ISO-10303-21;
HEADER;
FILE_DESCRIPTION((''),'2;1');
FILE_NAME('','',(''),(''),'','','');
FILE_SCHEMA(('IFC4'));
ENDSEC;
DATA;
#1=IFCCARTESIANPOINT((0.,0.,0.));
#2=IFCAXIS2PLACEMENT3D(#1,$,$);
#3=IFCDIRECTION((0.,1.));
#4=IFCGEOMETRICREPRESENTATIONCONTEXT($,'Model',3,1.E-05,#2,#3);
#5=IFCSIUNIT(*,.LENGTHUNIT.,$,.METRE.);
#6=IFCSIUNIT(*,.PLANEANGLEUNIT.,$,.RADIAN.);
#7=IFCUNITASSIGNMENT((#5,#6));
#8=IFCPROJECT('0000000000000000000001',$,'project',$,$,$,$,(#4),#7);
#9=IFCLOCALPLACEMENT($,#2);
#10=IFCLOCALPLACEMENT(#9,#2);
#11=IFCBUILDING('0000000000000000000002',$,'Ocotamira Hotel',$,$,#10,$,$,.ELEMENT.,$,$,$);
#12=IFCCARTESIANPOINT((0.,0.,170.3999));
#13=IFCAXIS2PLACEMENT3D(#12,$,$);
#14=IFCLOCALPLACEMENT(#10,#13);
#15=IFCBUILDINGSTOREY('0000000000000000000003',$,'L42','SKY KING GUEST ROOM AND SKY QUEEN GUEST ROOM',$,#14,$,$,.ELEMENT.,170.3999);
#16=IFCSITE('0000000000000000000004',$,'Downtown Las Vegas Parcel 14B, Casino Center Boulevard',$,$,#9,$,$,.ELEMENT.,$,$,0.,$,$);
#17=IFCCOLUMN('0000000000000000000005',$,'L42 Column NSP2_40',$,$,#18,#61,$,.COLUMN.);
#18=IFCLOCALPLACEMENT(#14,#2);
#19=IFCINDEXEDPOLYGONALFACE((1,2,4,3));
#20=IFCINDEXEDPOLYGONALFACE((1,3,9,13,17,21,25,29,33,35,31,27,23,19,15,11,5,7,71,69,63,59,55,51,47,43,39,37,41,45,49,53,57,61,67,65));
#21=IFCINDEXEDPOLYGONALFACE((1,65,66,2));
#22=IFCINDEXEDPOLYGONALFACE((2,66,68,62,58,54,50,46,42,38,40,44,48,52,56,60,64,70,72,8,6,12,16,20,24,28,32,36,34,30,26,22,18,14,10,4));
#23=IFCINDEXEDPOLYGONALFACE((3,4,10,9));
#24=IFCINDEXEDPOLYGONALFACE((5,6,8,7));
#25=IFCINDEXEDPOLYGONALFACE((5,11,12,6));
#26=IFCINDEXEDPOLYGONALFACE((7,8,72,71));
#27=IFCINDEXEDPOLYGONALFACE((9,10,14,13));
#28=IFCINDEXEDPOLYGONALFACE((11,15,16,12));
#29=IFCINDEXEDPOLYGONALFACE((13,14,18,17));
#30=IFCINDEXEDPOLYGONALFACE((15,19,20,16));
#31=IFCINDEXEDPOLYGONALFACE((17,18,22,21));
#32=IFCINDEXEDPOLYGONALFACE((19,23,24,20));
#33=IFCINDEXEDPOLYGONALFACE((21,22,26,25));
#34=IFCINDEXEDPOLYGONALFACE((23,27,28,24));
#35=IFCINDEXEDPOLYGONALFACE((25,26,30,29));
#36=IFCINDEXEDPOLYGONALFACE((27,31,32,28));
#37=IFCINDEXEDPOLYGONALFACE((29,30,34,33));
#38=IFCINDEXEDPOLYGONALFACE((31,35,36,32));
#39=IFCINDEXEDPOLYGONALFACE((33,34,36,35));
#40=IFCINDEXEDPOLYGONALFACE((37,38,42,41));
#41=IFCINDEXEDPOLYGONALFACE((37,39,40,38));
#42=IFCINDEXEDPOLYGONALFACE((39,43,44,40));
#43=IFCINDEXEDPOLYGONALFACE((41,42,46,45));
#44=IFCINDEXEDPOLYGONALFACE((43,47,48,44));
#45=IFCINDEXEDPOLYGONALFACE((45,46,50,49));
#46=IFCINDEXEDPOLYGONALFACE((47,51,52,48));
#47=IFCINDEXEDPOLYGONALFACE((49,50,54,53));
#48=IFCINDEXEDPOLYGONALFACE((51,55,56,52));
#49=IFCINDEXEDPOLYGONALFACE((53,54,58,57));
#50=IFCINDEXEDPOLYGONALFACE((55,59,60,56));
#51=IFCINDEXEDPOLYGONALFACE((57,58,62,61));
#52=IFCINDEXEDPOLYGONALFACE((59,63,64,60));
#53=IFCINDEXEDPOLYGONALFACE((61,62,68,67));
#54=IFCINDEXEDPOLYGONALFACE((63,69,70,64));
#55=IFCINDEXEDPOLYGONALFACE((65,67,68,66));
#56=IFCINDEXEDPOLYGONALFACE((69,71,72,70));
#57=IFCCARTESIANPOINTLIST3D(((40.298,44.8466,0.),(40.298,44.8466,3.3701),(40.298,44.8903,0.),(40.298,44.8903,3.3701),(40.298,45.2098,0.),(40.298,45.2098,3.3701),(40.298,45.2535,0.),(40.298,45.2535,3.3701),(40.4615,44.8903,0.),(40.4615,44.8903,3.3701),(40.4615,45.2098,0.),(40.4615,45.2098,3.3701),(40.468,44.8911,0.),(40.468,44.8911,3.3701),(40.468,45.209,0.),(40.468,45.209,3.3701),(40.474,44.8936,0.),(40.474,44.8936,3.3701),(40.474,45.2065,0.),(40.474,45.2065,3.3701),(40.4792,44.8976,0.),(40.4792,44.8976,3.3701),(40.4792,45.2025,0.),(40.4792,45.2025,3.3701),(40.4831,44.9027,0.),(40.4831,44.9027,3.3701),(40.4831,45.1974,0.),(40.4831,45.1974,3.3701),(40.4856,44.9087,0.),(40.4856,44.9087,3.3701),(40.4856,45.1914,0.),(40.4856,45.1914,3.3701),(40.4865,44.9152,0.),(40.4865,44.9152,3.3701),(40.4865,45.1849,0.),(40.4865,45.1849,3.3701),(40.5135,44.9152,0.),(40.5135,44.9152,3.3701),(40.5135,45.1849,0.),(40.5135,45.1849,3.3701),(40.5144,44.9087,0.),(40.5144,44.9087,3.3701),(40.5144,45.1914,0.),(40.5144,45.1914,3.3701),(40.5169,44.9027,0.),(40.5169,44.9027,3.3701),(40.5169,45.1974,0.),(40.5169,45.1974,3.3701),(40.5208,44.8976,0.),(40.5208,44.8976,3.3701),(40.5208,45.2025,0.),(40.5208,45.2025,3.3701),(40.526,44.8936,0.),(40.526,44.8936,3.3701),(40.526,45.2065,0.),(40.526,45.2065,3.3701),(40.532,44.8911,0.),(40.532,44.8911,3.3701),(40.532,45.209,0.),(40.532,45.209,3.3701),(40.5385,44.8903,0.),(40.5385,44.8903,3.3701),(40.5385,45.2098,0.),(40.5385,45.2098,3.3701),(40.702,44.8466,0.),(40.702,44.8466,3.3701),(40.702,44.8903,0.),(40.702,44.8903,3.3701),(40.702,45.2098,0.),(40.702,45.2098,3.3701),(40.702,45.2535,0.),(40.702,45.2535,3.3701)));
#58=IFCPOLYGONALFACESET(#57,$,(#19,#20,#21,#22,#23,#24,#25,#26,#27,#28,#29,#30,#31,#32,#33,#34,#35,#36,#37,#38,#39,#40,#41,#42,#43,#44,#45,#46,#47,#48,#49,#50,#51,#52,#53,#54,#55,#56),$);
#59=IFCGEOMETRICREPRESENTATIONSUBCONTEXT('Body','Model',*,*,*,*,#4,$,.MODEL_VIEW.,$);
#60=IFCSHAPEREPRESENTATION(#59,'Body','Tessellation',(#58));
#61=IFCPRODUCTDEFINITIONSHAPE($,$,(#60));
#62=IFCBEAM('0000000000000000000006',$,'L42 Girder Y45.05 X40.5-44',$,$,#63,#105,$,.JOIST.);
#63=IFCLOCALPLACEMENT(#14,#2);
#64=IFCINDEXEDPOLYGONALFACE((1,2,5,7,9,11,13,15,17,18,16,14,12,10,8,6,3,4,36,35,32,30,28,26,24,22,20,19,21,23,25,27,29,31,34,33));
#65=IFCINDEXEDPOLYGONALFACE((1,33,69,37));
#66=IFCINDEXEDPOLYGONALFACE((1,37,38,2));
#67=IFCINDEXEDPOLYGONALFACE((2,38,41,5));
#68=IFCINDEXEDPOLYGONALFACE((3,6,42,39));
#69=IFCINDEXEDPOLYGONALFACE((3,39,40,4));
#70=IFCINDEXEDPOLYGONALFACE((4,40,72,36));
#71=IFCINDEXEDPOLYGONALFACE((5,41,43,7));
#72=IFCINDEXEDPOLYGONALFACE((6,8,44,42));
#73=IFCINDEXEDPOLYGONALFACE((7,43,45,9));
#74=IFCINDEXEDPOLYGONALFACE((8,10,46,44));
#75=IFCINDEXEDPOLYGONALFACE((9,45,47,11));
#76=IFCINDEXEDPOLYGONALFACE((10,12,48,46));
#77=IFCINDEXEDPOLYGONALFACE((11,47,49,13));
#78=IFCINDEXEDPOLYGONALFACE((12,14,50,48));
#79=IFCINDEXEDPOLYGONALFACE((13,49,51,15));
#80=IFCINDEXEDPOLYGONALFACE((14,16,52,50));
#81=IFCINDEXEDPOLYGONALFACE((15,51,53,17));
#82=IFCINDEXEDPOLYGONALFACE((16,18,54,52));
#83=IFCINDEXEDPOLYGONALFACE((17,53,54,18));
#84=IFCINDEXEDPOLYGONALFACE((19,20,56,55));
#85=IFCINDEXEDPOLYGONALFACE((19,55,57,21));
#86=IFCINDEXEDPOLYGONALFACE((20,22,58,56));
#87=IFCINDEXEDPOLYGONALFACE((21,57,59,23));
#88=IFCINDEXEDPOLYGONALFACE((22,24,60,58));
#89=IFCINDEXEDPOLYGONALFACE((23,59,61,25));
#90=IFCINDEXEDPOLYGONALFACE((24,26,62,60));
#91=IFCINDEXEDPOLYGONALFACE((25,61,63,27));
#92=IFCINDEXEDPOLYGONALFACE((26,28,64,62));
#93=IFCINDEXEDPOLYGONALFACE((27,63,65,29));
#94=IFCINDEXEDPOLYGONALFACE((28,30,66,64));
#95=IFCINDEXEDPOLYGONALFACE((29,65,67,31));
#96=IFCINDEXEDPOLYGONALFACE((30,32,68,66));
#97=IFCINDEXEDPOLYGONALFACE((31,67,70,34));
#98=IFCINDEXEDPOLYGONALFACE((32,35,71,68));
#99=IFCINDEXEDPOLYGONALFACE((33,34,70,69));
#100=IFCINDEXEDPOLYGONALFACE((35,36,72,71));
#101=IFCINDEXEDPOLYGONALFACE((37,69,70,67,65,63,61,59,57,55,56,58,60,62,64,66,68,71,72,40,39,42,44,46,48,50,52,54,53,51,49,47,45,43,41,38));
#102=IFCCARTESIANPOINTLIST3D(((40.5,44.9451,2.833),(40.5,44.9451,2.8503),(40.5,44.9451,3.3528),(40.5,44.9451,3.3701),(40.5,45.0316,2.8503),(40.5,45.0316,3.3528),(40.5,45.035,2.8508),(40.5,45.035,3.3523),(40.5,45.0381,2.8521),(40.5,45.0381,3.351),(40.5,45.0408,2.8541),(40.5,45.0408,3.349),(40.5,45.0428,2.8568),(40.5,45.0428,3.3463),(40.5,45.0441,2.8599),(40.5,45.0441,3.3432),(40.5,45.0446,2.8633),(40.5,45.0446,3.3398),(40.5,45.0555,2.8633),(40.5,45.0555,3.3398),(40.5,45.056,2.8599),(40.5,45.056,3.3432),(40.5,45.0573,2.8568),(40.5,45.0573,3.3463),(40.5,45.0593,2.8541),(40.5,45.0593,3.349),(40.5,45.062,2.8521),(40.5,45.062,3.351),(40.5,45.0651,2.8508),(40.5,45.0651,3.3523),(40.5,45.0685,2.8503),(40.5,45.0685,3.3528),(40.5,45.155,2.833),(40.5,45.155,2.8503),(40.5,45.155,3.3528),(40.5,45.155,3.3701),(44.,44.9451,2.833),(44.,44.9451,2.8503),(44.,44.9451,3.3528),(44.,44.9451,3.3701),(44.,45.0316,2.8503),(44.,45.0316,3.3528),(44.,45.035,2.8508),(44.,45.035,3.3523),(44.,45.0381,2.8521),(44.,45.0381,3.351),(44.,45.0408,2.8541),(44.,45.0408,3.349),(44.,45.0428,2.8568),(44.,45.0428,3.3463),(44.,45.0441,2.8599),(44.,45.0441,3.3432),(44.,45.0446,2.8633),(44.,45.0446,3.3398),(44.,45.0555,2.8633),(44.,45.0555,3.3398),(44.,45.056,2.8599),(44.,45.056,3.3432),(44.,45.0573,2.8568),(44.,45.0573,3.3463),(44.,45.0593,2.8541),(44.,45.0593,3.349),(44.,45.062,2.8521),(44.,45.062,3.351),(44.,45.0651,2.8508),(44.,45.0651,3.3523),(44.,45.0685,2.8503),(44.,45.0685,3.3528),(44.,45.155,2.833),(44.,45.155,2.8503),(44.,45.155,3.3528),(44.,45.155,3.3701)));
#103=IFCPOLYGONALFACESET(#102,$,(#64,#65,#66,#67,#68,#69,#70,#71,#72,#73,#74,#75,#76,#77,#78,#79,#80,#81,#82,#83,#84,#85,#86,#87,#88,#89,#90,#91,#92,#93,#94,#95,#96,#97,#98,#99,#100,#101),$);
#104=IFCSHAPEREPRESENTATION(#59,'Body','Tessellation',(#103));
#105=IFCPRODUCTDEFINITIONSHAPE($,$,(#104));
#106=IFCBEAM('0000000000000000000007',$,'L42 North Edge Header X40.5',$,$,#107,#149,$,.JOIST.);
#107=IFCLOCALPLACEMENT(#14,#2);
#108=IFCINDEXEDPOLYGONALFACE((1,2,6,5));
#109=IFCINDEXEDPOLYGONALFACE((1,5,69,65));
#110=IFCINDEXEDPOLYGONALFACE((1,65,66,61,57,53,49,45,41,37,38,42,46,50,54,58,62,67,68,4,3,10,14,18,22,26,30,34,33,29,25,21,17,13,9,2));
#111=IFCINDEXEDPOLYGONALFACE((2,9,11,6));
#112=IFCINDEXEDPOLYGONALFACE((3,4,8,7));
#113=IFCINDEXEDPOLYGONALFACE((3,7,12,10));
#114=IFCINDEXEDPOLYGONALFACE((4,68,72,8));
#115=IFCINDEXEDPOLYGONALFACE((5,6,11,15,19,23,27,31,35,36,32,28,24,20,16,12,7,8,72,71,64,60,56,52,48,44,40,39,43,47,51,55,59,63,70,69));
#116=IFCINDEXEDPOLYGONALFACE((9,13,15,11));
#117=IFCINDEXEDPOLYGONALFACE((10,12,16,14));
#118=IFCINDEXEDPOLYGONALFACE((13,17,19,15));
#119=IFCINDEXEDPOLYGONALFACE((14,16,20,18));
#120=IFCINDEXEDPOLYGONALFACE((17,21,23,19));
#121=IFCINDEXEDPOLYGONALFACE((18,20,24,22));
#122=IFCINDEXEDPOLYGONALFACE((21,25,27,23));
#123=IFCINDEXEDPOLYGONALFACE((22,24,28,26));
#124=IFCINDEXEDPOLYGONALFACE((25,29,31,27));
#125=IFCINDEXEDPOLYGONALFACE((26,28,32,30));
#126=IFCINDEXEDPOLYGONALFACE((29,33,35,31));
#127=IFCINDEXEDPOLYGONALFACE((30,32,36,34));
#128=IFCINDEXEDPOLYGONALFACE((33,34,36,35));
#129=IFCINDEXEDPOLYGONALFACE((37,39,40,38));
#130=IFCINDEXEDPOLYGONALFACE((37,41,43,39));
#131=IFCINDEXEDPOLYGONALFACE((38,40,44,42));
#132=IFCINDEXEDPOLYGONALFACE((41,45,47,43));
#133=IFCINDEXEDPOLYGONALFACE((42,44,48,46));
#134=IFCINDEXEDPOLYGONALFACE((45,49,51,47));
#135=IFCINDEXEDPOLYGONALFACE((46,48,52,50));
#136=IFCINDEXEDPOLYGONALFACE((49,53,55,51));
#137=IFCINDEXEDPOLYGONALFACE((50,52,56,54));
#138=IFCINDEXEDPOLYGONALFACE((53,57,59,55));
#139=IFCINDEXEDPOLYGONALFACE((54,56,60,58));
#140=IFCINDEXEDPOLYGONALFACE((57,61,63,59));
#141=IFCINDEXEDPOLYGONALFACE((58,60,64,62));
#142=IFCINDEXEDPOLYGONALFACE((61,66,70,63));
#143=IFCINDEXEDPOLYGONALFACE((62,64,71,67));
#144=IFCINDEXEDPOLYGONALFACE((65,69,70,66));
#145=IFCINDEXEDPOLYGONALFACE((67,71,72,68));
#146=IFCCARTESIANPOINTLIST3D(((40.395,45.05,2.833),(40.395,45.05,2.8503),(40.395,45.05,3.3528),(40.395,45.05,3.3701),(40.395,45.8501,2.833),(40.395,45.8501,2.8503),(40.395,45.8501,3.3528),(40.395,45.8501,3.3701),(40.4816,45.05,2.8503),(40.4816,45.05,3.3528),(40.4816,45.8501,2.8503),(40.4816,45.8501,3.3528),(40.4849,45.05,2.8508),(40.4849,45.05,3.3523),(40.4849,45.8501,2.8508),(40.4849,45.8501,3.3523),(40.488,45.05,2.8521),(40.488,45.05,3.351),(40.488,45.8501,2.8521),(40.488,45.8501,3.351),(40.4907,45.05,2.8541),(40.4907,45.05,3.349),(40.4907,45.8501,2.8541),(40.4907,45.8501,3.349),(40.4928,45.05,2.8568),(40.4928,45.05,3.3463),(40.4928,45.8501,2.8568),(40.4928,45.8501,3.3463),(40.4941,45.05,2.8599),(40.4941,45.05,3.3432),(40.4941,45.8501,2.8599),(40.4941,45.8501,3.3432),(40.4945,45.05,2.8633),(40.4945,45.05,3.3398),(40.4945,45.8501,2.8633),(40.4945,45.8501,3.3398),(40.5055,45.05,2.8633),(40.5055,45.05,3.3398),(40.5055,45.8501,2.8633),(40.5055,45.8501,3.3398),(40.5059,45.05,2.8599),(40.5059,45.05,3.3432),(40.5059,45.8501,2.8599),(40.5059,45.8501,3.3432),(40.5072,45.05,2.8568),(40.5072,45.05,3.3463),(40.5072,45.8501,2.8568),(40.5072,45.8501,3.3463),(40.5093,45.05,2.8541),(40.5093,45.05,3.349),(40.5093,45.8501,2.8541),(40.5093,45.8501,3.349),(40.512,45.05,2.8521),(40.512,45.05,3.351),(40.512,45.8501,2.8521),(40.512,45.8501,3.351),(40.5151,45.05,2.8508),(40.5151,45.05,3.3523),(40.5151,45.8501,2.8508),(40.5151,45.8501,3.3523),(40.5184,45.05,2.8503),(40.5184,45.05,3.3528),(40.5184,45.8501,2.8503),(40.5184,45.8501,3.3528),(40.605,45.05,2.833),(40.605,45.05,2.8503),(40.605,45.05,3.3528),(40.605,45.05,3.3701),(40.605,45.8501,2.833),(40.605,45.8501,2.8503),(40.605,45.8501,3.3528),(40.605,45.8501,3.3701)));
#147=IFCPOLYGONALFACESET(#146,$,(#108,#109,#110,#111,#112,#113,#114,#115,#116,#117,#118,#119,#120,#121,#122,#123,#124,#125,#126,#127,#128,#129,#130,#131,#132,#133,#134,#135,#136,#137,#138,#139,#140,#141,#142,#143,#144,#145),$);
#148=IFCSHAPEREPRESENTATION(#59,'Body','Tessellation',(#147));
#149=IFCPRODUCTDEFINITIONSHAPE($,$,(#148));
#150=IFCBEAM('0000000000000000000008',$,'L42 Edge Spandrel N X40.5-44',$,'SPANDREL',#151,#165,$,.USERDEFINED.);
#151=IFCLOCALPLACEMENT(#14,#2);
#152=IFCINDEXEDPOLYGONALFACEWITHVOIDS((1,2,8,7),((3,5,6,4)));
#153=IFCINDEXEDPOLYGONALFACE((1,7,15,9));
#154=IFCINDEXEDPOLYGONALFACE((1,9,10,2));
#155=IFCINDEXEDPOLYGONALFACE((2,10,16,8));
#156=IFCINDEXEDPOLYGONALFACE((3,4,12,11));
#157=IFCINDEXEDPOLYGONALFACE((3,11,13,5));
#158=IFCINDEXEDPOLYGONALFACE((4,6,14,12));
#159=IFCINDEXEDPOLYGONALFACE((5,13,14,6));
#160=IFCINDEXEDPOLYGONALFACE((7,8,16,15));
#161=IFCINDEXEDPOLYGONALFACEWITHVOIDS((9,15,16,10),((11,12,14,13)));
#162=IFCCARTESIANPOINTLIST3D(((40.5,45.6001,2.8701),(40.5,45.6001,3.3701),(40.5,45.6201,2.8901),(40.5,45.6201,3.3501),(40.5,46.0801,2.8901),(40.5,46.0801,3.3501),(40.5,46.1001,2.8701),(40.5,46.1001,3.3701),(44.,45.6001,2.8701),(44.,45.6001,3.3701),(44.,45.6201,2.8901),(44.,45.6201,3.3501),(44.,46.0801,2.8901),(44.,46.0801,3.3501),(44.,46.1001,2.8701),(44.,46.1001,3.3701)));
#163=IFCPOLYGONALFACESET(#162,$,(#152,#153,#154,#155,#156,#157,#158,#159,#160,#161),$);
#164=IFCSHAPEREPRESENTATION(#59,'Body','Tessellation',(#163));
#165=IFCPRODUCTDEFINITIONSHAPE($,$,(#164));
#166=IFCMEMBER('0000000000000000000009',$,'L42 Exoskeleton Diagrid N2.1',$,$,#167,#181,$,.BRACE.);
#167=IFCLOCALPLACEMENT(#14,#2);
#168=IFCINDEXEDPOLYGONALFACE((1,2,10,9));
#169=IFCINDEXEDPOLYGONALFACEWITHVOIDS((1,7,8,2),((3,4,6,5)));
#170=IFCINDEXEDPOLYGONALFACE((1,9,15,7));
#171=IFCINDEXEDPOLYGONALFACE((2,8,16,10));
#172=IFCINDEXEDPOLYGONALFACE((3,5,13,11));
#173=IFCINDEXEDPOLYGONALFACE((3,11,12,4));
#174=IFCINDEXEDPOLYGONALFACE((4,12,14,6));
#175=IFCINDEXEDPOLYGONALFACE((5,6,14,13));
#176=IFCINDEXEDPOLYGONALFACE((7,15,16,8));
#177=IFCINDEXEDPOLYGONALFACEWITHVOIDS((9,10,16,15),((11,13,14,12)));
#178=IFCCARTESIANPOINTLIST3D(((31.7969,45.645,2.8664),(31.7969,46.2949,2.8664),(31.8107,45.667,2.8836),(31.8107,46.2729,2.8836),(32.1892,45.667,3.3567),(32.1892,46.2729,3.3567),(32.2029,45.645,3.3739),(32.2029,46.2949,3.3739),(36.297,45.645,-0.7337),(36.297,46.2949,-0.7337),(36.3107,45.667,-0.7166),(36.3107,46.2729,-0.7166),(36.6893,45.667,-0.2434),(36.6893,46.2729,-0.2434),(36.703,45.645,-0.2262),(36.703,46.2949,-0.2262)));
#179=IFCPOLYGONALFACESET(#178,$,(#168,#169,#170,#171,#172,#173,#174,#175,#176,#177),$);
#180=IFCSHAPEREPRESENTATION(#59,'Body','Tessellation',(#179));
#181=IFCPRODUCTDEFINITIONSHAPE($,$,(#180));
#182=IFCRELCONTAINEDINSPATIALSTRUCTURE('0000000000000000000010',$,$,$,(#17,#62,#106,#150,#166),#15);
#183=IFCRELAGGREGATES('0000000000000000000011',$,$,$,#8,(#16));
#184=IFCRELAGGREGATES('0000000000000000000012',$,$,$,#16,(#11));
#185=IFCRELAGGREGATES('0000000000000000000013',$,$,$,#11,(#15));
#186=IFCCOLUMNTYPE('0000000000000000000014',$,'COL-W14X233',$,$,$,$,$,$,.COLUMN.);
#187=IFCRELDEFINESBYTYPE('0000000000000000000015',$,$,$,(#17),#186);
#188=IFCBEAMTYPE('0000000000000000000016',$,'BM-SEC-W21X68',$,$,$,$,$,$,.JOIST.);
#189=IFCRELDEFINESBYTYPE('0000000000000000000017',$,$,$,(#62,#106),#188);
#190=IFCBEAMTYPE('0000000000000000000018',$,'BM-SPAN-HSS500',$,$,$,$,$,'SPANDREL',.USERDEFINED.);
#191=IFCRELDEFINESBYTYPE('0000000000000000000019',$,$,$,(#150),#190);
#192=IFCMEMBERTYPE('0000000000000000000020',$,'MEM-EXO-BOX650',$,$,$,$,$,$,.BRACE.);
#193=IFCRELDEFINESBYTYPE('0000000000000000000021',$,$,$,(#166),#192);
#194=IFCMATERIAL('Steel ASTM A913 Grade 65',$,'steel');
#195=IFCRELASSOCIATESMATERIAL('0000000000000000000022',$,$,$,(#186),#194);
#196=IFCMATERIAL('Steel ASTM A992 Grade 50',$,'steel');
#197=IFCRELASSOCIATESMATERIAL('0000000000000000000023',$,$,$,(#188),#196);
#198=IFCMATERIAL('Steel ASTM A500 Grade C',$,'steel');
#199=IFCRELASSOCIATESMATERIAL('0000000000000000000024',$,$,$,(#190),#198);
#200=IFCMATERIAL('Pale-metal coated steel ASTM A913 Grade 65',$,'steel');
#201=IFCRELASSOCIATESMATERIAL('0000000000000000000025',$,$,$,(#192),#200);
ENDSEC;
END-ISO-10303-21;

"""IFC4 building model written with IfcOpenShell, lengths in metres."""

from ifc_helpers import new_model, si_unit, direction, frame, origin, origin_2d, place, context, subcontext, project, spatial, hollow_rectangle, i_section, extrude, source, transform, mapped, material, material_profile, profile_set, type_object, element, save


model = new_model("IFC4")

# Units and contexts
model_context = context("Model", 3, precision=1e-05, world=origin(), true_north=direction((0.0, 1.0)))
body_context = subcontext(model_context, "Body", "Model", "MODEL_VIEW")
ifc_project = project(units=[si_unit("LENGTHUNIT", "METRE"), si_unit("PLANEANGLEUNIT", "RADIAN")], contexts=[model_context])

# Site, building, storey
site_placement = place(None, origin())
site = spatial("IfcSite", under=ifc_project, at=site_placement, Name="Downtown Las Vegas Parcel 14B, Casino Center Boulevard", CompositionType="ELEMENT", RefElevation=0.0)
building_placement = place(site_placement, origin())
building = spatial("IfcBuilding", under=site, at=building_placement, Name="Ocotamira Hotel", CompositionType="ELEMENT")
storey_placement = place(building_placement, frame((0.0, 0.0, 170.3999)))
storey = spatial("IfcBuildingStorey", under=building, at=storey_placement, Name="L42", Description="SKY KING GUEST ROOM AND SKY QUEEN GUEST ROOM", CompositionType="ELEMENT", Elevation=170.3999)

# Column
ifc_material_1 = material(Name="Steel ASTM A913 Grade 65", Category="steel")
ifc_material_profile_1 = material_profile(ifc_material_1, i_section(OverallWidth=0.4041, OverallDepth=0.407, WebThickness=0.0271, FlangeThickness=0.0437, FilletRadius=0.0249, at=origin_2d()), Name="W14X233")
ifc_profile_set_1 = profile_set([ifc_material_profile_1], Name="Steel ASTM A913 Grade 65")
column_type = type_object("IfcColumnType", Name="COL-W14X233", PredefinedType="COLUMN", material=ifc_profile_set_1)
shared_shape_1 = source(origin(), body_context, "Body", "SweptSolid", [
    extrude(i_section(OverallWidth=0.4041, OverallDepth=0.407, WebThickness=0.0271, FlangeThickness=0.0437, FilletRadius=0.0249, at=origin_2d()), origin(), (0.0, 0.0, 1.0), 3.3701),
])
column_placement = place(storey_placement, frame((40.5, 45.05, 0.0), z_axis=(0.0, 0.0, 1.0), x_axis=(1.0, 0.0, 0.0)))
element("IfcColumn", 1, at=column_placement, inside=storey, type_object=column_type, Name="L42 Column NSP2_40", PredefinedType="COLUMN", context=body_context, shape_type="MappedRepresentation", body=[
    mapped(shared_shape_1, transform((0.0, 0.0, 0.0), scale=1.0)),
])

# Beams
ifc_material_2 = material(Name="Steel ASTM A992 Grade 50", Category="steel")
ifc_material_profile_2 = material_profile(ifc_material_2, i_section(OverallWidth=0.21, OverallDepth=0.5371, WebThickness=0.011, FlangeThickness=0.0173, FilletRadius=0.0129, at=origin_2d()), Name="W21X68")
ifc_profile_set_2 = profile_set([ifc_material_profile_2], Name="Steel ASTM A992 Grade 50")
beam_type_1 = type_object("IfcBeamType", Name="BM-SEC-W21X68", PredefinedType="JOIST", material=ifc_profile_set_2)
shared_shape_2 = source(origin(), body_context, "Body", "SweptSolid", [
    extrude(i_section(OverallWidth=0.21, OverallDepth=0.5371, WebThickness=0.011, FlangeThickness=0.0173, FilletRadius=0.0129, at=origin_2d()), origin(), (0.0, 0.0, 1.0), 3.5),
])
beam_1_placement = place(storey_placement, frame((40.5, 45.05, 3.1016), z_axis=(1.0, 0.0, 0.0), x_axis=(0.0, 1.0, 0.0)))
element("IfcBeam", 2, at=beam_1_placement, inside=storey, type_object=beam_type_1, Name="L42 Girder Y45.05 X40.5-44", PredefinedType="JOIST", context=body_context, shape_type="MappedRepresentation", body=[
    mapped(shared_shape_2, transform((0.0, 0.0, 0.0), scale=1.0)),
])
shared_shape_3 = source(origin(), body_context, "Body", "SweptSolid", [
    extrude(i_section(OverallWidth=0.21, OverallDepth=0.5371, WebThickness=0.011, FlangeThickness=0.0173, FilletRadius=0.0129, at=origin_2d()), origin(), (0.0, 0.0, 1.0), 0.8),
])
beam_2_placement = place(storey_placement, frame((40.5, 45.05, 3.1016), z_axis=(0.0, 1.0, 0.0), x_axis=(-1.0, 0.0, 0.0)))
element("IfcBeam", 3, at=beam_2_placement, inside=storey, type_object=beam_type_1, Name="L42 North Edge Header X40.5", PredefinedType="JOIST", context=body_context, shape_type="MappedRepresentation", body=[
    mapped(shared_shape_3, transform((0.0, 0.0, 0.0), scale=1.0)),
])
ifc_material_3 = material(Name="Steel ASTM A500 Grade C", Category="steel")
ifc_material_profile_3 = material_profile(ifc_material_3, hollow_rectangle(XDim=0.5, YDim=0.5, WallThickness=0.02, at=origin_2d()), Name="HSS500X500X20")
ifc_profile_set_3 = profile_set([ifc_material_profile_3], Name="Steel ASTM A500 Grade C")
beam_type_2 = type_object("IfcBeamType", Name="BM-SPAN-HSS500", ElementType="SPANDREL", PredefinedType="USERDEFINED", material=ifc_profile_set_3)
shared_shape_4 = source(origin(), body_context, "Body", "SweptSolid", [
    extrude(hollow_rectangle(XDim=0.5, YDim=0.5, WallThickness=0.02, at=origin_2d()), origin(), (0.0, 0.0, 1.0), 3.5),
])
beam_3_placement = place(storey_placement, frame((40.5, 45.8501, 3.1201), z_axis=(1.0, 0.0, 0.0), x_axis=(0.0, 1.0, 0.0)))
element("IfcBeam", 4, at=beam_3_placement, inside=storey, type_object=beam_type_2, Name="L42 Edge Spandrel N X40.5-44", ObjectType="SPANDREL", PredefinedType="USERDEFINED", context=body_context, shape_type="MappedRepresentation", body=[
    mapped(shared_shape_4, transform((0.0, 0.0, 0.0), scale=1.0)),
])

# Member
ifc_material_4 = material(Name="Pale-metal coated steel ASTM A913 Grade 65", Category="steel")
ifc_material_profile_4 = material_profile(ifc_material_4, hollow_rectangle(XDim=0.6499, YDim=0.6499, WallThickness=0.022, at=origin_2d()), Name="BOX650X650X22")
ifc_profile_set_4 = profile_set([ifc_material_profile_4], Name="Pale-metal coated steel ASTM A913 Grade 65")
member_type_1 = type_object("IfcMemberType", Name="MEM-EXO-BOX650", PredefinedType="BRACE", material=ifc_profile_set_4)
shared_shape_5 = source(origin(), body_context, "Body", "SweptSolid", [
    extrude(hollow_rectangle(XDim=0.6499, YDim=0.6499, WallThickness=0.022, at=origin_2d()), origin(), (0.0, 0.0, 1.0), 5.7629),
])
for number, where, z_axis, x_axis, name in (
    (5, (36.5, 45.97, -0.48), (-0.780861, 0.0, 0.624705), (0.0, -1.0, 0.0), "L42 Exoskeleton Diagrid N2.1"),
):
    element("IfcMember", number, at=place(storey_placement, frame(where, z_axis=z_axis, x_axis=x_axis)), inside=storey, type_object=member_type_1, Name=name, PredefinedType="BRACE", context=body_context, shape_type="MappedRepresentation", body=[
        mapped(shared_shape_5, transform((0.0, 0.0, 0.0), scale=1.0)),
    ])

save(model, "model.ifc")
